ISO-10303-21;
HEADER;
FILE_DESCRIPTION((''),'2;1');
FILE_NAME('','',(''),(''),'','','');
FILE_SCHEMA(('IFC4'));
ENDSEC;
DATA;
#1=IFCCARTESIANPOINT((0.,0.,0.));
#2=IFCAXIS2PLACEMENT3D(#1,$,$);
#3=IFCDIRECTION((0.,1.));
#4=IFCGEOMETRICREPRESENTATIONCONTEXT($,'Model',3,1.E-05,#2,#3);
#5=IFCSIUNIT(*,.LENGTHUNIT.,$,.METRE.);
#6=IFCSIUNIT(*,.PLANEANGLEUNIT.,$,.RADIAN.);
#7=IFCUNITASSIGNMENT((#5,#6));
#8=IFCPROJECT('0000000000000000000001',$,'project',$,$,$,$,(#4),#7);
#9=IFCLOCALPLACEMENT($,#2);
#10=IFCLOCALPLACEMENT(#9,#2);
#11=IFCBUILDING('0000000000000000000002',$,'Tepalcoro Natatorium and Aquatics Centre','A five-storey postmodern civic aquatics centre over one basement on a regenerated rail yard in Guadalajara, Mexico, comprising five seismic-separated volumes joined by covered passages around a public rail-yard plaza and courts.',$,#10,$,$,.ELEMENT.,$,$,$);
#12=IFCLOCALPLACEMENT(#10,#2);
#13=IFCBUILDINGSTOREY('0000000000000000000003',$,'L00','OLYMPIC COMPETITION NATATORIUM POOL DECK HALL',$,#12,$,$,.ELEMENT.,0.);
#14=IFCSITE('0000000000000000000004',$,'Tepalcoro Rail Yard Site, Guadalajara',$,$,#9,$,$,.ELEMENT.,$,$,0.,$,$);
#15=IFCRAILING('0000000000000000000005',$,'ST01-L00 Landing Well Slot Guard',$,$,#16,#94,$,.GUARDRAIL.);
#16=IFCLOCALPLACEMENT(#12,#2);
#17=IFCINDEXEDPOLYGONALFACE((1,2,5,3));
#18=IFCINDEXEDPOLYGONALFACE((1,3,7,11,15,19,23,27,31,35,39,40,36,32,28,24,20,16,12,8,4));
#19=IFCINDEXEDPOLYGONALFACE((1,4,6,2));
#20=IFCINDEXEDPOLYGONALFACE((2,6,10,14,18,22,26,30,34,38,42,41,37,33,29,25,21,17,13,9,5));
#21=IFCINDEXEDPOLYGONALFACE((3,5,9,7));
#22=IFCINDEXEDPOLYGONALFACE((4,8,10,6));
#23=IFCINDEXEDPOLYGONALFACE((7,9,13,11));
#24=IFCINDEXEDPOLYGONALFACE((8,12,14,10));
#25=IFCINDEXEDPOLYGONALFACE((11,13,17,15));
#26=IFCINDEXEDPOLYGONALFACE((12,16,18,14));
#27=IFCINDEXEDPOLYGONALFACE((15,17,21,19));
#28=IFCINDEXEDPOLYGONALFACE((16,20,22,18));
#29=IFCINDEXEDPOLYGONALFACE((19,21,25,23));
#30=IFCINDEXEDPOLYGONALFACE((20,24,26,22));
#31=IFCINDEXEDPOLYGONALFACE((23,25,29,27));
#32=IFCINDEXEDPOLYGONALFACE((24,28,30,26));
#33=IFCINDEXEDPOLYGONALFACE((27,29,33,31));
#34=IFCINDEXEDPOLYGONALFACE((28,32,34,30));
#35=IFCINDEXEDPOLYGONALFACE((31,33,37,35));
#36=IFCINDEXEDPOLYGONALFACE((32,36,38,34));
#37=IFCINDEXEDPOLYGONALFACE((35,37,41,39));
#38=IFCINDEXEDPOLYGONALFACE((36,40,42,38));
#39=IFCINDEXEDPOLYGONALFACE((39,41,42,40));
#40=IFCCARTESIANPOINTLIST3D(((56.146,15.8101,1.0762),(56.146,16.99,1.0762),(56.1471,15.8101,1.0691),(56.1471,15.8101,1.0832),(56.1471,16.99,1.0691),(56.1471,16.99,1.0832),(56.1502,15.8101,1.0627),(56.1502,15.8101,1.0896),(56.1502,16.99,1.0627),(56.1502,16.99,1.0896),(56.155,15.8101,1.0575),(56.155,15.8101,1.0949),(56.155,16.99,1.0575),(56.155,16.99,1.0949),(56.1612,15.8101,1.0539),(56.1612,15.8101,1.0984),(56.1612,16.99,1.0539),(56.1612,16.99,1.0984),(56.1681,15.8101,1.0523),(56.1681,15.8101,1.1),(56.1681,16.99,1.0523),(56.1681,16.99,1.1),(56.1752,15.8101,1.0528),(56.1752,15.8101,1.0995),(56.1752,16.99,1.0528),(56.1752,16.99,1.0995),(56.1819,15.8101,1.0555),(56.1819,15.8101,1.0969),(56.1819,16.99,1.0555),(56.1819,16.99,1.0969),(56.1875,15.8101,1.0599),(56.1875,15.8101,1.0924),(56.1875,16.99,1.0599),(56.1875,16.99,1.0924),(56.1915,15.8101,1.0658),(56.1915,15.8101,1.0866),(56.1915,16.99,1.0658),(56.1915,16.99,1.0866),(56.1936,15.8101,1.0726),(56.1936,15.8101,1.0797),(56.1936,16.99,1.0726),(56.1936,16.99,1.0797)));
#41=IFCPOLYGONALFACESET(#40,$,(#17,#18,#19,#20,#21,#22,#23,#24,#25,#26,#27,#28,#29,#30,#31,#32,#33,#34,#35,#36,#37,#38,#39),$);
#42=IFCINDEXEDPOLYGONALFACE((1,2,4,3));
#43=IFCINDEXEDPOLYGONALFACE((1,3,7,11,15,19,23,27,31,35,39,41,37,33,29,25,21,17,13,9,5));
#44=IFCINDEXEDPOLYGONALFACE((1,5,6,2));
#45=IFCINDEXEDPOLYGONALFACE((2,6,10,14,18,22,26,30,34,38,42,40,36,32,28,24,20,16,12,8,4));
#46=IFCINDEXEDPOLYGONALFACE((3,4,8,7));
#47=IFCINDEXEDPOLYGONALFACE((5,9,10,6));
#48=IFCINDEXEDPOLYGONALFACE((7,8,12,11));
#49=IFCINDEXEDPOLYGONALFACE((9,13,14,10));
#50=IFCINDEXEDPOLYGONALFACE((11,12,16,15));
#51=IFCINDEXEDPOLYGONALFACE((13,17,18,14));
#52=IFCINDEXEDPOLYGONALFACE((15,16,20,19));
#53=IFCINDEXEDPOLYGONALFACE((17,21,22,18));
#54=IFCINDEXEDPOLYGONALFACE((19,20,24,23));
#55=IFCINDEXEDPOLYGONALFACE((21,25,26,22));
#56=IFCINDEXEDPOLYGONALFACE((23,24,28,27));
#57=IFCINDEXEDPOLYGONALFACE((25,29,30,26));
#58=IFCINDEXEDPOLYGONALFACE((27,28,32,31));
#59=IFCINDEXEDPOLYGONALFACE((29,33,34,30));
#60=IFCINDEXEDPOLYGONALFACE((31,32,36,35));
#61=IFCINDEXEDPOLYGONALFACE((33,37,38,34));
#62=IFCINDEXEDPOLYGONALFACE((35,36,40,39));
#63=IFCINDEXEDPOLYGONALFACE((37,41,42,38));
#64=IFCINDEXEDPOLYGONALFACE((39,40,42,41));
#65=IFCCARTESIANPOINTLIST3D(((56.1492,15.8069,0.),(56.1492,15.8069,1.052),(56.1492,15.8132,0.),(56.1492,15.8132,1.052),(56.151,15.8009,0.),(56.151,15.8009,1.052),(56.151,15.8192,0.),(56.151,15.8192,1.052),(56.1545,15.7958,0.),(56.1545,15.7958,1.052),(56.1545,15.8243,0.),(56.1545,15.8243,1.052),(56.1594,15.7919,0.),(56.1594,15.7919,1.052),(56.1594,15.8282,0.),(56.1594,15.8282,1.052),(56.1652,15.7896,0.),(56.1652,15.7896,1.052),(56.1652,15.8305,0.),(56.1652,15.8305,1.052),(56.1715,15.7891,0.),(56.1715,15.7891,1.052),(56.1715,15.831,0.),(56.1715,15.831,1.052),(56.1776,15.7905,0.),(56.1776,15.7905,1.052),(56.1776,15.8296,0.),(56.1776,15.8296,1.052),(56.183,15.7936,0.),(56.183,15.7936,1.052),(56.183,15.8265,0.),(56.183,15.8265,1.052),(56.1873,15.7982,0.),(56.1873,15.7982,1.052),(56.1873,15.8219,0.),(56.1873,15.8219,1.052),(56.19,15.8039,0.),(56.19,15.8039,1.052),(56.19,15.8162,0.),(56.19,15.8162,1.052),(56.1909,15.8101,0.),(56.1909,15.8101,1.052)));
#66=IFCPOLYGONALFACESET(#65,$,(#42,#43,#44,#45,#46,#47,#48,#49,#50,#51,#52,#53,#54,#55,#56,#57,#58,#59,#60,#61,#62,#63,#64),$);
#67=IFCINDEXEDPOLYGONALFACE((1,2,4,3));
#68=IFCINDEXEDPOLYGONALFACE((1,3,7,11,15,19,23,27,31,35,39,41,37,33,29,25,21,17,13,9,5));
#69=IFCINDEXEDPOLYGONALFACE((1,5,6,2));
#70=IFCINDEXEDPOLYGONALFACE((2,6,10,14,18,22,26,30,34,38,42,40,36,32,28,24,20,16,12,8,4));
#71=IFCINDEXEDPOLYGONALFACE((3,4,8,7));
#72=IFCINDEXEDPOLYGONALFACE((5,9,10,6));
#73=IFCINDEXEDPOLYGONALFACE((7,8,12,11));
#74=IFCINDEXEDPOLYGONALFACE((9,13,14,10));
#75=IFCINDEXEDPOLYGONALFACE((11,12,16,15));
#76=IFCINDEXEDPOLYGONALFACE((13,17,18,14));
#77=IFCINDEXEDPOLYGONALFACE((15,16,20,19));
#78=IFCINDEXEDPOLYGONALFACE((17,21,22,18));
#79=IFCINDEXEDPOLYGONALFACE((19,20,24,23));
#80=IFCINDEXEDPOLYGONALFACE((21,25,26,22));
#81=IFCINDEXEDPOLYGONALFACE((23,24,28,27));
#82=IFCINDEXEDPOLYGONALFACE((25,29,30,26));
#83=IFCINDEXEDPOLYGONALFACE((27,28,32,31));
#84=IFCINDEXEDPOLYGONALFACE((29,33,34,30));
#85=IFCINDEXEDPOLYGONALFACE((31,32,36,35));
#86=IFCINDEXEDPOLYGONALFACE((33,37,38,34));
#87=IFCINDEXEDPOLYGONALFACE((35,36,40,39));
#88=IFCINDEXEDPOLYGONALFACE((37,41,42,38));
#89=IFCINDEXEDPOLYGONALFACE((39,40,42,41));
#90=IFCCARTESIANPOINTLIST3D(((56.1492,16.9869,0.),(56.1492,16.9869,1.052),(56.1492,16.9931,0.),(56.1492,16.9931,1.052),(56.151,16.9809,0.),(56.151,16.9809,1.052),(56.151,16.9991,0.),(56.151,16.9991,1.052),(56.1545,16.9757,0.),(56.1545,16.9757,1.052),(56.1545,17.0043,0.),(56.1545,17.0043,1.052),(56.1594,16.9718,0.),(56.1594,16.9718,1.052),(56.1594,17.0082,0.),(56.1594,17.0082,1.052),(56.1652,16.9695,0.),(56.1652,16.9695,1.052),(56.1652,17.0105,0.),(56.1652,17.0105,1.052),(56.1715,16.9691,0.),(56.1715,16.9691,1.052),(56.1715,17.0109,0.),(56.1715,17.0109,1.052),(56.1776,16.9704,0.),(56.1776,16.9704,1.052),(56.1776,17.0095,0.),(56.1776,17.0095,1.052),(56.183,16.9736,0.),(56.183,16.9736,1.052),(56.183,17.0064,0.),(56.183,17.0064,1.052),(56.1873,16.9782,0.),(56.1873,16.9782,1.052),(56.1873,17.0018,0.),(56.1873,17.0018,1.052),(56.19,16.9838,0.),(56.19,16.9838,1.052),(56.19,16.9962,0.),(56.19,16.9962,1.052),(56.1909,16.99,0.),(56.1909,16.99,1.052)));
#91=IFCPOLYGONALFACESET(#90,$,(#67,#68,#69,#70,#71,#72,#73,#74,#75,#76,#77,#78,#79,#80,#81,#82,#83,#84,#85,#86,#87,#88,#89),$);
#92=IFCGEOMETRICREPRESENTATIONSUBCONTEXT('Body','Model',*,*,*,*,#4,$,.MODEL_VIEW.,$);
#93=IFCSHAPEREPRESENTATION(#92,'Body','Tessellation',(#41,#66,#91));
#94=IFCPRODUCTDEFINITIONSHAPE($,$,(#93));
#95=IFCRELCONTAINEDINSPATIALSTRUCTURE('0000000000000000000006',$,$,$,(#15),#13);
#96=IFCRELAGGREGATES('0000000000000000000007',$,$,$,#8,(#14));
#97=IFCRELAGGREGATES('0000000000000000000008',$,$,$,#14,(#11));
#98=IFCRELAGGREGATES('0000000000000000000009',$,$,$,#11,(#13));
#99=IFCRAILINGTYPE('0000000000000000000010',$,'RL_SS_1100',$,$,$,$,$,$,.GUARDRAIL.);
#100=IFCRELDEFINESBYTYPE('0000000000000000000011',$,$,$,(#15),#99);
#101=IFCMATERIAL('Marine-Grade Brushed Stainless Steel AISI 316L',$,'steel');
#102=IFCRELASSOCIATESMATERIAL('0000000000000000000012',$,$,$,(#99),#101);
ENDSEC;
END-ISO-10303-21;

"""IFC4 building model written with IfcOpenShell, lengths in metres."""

from ifc_helpers import new_model, si_unit, direction, frame, origin, origin_2d, place, context, subcontext, project, spatial, circle, extrude, material, type_object, element, save


model = new_model("IFC4")

# Units and contexts
model_context = context("Model", 3, precision=1e-05, world=origin(), true_north=direction((0.0, 1.0)))
body_context = subcontext(model_context, "Body", "Model", "MODEL_VIEW")
ifc_project = project(units=[si_unit("LENGTHUNIT", "METRE"), si_unit("PLANEANGLEUNIT", "RADIAN")], contexts=[model_context])

# Site, building, storey
site_placement = place(None, origin())
site = spatial("IfcSite", under=ifc_project, at=site_placement, Name="Tepalcoro Rail Yard Site, Guadalajara", CompositionType="ELEMENT", RefElevation=0.0)
building_placement = place(site_placement, origin())
building = spatial("IfcBuilding", under=site, at=building_placement, Name="Tepalcoro Natatorium and Aquatics Centre", Description="A five-storey postmodern civic aquatics centre over one basement on a regenerated rail yard in Guadalajara, Mexico, comprising five seismic-separated volumes joined by covered passages around a public rail-yard plaza and courts.", CompositionType="ELEMENT")
storey_placement = place(building_placement, origin())
storey = spatial("IfcBuildingStorey", under=building, at=storey_placement, Name="L00", Description="OLYMPIC COMPETITION NATATORIUM POOL DECK HALL", CompositionType="ELEMENT", Elevation=0.0)

# Shared definitions
ifc_material_1 = material(Name="Marine-Grade Brushed Stainless Steel AISI 316L", Category="steel")

# Railing
railing_type_1 = type_object("IfcRailingType", Name="RL_SS_1100", PredefinedType="GUARDRAIL", material=ifc_material_1)
railing_1_placement = place(storey_placement, frame((56.1699, 15.8101, 0.0)))
element("IfcRailing", 1, at=railing_1_placement, inside=storey, type_object=railing_type_1, Name="ST01-L00 Landing Well Slot Guard", PredefinedType="GUARDRAIL", context=body_context, shape_type="SweptSolid", body=[
    extrude(circle(Radius=0.0239, at=origin_2d()), frame((0.0, 0.0, 1.0762), z_axis=(0.0, 1.0, 0.0), x_axis=(-1.0, 0.0, 0.0)), (0.0, 0.0, 1.0), 1.1799),
    extrude(circle(Radius=0.021, at=origin_2d()), origin(), (0.0, 0.0, 1.0), 1.052),
    extrude(circle(Radius=0.021, at=origin_2d()), frame((0.0, 1.1799, 0.0)), (0.0, 0.0, 1.0), 1.052),
])

save(model, "model.ifc")
